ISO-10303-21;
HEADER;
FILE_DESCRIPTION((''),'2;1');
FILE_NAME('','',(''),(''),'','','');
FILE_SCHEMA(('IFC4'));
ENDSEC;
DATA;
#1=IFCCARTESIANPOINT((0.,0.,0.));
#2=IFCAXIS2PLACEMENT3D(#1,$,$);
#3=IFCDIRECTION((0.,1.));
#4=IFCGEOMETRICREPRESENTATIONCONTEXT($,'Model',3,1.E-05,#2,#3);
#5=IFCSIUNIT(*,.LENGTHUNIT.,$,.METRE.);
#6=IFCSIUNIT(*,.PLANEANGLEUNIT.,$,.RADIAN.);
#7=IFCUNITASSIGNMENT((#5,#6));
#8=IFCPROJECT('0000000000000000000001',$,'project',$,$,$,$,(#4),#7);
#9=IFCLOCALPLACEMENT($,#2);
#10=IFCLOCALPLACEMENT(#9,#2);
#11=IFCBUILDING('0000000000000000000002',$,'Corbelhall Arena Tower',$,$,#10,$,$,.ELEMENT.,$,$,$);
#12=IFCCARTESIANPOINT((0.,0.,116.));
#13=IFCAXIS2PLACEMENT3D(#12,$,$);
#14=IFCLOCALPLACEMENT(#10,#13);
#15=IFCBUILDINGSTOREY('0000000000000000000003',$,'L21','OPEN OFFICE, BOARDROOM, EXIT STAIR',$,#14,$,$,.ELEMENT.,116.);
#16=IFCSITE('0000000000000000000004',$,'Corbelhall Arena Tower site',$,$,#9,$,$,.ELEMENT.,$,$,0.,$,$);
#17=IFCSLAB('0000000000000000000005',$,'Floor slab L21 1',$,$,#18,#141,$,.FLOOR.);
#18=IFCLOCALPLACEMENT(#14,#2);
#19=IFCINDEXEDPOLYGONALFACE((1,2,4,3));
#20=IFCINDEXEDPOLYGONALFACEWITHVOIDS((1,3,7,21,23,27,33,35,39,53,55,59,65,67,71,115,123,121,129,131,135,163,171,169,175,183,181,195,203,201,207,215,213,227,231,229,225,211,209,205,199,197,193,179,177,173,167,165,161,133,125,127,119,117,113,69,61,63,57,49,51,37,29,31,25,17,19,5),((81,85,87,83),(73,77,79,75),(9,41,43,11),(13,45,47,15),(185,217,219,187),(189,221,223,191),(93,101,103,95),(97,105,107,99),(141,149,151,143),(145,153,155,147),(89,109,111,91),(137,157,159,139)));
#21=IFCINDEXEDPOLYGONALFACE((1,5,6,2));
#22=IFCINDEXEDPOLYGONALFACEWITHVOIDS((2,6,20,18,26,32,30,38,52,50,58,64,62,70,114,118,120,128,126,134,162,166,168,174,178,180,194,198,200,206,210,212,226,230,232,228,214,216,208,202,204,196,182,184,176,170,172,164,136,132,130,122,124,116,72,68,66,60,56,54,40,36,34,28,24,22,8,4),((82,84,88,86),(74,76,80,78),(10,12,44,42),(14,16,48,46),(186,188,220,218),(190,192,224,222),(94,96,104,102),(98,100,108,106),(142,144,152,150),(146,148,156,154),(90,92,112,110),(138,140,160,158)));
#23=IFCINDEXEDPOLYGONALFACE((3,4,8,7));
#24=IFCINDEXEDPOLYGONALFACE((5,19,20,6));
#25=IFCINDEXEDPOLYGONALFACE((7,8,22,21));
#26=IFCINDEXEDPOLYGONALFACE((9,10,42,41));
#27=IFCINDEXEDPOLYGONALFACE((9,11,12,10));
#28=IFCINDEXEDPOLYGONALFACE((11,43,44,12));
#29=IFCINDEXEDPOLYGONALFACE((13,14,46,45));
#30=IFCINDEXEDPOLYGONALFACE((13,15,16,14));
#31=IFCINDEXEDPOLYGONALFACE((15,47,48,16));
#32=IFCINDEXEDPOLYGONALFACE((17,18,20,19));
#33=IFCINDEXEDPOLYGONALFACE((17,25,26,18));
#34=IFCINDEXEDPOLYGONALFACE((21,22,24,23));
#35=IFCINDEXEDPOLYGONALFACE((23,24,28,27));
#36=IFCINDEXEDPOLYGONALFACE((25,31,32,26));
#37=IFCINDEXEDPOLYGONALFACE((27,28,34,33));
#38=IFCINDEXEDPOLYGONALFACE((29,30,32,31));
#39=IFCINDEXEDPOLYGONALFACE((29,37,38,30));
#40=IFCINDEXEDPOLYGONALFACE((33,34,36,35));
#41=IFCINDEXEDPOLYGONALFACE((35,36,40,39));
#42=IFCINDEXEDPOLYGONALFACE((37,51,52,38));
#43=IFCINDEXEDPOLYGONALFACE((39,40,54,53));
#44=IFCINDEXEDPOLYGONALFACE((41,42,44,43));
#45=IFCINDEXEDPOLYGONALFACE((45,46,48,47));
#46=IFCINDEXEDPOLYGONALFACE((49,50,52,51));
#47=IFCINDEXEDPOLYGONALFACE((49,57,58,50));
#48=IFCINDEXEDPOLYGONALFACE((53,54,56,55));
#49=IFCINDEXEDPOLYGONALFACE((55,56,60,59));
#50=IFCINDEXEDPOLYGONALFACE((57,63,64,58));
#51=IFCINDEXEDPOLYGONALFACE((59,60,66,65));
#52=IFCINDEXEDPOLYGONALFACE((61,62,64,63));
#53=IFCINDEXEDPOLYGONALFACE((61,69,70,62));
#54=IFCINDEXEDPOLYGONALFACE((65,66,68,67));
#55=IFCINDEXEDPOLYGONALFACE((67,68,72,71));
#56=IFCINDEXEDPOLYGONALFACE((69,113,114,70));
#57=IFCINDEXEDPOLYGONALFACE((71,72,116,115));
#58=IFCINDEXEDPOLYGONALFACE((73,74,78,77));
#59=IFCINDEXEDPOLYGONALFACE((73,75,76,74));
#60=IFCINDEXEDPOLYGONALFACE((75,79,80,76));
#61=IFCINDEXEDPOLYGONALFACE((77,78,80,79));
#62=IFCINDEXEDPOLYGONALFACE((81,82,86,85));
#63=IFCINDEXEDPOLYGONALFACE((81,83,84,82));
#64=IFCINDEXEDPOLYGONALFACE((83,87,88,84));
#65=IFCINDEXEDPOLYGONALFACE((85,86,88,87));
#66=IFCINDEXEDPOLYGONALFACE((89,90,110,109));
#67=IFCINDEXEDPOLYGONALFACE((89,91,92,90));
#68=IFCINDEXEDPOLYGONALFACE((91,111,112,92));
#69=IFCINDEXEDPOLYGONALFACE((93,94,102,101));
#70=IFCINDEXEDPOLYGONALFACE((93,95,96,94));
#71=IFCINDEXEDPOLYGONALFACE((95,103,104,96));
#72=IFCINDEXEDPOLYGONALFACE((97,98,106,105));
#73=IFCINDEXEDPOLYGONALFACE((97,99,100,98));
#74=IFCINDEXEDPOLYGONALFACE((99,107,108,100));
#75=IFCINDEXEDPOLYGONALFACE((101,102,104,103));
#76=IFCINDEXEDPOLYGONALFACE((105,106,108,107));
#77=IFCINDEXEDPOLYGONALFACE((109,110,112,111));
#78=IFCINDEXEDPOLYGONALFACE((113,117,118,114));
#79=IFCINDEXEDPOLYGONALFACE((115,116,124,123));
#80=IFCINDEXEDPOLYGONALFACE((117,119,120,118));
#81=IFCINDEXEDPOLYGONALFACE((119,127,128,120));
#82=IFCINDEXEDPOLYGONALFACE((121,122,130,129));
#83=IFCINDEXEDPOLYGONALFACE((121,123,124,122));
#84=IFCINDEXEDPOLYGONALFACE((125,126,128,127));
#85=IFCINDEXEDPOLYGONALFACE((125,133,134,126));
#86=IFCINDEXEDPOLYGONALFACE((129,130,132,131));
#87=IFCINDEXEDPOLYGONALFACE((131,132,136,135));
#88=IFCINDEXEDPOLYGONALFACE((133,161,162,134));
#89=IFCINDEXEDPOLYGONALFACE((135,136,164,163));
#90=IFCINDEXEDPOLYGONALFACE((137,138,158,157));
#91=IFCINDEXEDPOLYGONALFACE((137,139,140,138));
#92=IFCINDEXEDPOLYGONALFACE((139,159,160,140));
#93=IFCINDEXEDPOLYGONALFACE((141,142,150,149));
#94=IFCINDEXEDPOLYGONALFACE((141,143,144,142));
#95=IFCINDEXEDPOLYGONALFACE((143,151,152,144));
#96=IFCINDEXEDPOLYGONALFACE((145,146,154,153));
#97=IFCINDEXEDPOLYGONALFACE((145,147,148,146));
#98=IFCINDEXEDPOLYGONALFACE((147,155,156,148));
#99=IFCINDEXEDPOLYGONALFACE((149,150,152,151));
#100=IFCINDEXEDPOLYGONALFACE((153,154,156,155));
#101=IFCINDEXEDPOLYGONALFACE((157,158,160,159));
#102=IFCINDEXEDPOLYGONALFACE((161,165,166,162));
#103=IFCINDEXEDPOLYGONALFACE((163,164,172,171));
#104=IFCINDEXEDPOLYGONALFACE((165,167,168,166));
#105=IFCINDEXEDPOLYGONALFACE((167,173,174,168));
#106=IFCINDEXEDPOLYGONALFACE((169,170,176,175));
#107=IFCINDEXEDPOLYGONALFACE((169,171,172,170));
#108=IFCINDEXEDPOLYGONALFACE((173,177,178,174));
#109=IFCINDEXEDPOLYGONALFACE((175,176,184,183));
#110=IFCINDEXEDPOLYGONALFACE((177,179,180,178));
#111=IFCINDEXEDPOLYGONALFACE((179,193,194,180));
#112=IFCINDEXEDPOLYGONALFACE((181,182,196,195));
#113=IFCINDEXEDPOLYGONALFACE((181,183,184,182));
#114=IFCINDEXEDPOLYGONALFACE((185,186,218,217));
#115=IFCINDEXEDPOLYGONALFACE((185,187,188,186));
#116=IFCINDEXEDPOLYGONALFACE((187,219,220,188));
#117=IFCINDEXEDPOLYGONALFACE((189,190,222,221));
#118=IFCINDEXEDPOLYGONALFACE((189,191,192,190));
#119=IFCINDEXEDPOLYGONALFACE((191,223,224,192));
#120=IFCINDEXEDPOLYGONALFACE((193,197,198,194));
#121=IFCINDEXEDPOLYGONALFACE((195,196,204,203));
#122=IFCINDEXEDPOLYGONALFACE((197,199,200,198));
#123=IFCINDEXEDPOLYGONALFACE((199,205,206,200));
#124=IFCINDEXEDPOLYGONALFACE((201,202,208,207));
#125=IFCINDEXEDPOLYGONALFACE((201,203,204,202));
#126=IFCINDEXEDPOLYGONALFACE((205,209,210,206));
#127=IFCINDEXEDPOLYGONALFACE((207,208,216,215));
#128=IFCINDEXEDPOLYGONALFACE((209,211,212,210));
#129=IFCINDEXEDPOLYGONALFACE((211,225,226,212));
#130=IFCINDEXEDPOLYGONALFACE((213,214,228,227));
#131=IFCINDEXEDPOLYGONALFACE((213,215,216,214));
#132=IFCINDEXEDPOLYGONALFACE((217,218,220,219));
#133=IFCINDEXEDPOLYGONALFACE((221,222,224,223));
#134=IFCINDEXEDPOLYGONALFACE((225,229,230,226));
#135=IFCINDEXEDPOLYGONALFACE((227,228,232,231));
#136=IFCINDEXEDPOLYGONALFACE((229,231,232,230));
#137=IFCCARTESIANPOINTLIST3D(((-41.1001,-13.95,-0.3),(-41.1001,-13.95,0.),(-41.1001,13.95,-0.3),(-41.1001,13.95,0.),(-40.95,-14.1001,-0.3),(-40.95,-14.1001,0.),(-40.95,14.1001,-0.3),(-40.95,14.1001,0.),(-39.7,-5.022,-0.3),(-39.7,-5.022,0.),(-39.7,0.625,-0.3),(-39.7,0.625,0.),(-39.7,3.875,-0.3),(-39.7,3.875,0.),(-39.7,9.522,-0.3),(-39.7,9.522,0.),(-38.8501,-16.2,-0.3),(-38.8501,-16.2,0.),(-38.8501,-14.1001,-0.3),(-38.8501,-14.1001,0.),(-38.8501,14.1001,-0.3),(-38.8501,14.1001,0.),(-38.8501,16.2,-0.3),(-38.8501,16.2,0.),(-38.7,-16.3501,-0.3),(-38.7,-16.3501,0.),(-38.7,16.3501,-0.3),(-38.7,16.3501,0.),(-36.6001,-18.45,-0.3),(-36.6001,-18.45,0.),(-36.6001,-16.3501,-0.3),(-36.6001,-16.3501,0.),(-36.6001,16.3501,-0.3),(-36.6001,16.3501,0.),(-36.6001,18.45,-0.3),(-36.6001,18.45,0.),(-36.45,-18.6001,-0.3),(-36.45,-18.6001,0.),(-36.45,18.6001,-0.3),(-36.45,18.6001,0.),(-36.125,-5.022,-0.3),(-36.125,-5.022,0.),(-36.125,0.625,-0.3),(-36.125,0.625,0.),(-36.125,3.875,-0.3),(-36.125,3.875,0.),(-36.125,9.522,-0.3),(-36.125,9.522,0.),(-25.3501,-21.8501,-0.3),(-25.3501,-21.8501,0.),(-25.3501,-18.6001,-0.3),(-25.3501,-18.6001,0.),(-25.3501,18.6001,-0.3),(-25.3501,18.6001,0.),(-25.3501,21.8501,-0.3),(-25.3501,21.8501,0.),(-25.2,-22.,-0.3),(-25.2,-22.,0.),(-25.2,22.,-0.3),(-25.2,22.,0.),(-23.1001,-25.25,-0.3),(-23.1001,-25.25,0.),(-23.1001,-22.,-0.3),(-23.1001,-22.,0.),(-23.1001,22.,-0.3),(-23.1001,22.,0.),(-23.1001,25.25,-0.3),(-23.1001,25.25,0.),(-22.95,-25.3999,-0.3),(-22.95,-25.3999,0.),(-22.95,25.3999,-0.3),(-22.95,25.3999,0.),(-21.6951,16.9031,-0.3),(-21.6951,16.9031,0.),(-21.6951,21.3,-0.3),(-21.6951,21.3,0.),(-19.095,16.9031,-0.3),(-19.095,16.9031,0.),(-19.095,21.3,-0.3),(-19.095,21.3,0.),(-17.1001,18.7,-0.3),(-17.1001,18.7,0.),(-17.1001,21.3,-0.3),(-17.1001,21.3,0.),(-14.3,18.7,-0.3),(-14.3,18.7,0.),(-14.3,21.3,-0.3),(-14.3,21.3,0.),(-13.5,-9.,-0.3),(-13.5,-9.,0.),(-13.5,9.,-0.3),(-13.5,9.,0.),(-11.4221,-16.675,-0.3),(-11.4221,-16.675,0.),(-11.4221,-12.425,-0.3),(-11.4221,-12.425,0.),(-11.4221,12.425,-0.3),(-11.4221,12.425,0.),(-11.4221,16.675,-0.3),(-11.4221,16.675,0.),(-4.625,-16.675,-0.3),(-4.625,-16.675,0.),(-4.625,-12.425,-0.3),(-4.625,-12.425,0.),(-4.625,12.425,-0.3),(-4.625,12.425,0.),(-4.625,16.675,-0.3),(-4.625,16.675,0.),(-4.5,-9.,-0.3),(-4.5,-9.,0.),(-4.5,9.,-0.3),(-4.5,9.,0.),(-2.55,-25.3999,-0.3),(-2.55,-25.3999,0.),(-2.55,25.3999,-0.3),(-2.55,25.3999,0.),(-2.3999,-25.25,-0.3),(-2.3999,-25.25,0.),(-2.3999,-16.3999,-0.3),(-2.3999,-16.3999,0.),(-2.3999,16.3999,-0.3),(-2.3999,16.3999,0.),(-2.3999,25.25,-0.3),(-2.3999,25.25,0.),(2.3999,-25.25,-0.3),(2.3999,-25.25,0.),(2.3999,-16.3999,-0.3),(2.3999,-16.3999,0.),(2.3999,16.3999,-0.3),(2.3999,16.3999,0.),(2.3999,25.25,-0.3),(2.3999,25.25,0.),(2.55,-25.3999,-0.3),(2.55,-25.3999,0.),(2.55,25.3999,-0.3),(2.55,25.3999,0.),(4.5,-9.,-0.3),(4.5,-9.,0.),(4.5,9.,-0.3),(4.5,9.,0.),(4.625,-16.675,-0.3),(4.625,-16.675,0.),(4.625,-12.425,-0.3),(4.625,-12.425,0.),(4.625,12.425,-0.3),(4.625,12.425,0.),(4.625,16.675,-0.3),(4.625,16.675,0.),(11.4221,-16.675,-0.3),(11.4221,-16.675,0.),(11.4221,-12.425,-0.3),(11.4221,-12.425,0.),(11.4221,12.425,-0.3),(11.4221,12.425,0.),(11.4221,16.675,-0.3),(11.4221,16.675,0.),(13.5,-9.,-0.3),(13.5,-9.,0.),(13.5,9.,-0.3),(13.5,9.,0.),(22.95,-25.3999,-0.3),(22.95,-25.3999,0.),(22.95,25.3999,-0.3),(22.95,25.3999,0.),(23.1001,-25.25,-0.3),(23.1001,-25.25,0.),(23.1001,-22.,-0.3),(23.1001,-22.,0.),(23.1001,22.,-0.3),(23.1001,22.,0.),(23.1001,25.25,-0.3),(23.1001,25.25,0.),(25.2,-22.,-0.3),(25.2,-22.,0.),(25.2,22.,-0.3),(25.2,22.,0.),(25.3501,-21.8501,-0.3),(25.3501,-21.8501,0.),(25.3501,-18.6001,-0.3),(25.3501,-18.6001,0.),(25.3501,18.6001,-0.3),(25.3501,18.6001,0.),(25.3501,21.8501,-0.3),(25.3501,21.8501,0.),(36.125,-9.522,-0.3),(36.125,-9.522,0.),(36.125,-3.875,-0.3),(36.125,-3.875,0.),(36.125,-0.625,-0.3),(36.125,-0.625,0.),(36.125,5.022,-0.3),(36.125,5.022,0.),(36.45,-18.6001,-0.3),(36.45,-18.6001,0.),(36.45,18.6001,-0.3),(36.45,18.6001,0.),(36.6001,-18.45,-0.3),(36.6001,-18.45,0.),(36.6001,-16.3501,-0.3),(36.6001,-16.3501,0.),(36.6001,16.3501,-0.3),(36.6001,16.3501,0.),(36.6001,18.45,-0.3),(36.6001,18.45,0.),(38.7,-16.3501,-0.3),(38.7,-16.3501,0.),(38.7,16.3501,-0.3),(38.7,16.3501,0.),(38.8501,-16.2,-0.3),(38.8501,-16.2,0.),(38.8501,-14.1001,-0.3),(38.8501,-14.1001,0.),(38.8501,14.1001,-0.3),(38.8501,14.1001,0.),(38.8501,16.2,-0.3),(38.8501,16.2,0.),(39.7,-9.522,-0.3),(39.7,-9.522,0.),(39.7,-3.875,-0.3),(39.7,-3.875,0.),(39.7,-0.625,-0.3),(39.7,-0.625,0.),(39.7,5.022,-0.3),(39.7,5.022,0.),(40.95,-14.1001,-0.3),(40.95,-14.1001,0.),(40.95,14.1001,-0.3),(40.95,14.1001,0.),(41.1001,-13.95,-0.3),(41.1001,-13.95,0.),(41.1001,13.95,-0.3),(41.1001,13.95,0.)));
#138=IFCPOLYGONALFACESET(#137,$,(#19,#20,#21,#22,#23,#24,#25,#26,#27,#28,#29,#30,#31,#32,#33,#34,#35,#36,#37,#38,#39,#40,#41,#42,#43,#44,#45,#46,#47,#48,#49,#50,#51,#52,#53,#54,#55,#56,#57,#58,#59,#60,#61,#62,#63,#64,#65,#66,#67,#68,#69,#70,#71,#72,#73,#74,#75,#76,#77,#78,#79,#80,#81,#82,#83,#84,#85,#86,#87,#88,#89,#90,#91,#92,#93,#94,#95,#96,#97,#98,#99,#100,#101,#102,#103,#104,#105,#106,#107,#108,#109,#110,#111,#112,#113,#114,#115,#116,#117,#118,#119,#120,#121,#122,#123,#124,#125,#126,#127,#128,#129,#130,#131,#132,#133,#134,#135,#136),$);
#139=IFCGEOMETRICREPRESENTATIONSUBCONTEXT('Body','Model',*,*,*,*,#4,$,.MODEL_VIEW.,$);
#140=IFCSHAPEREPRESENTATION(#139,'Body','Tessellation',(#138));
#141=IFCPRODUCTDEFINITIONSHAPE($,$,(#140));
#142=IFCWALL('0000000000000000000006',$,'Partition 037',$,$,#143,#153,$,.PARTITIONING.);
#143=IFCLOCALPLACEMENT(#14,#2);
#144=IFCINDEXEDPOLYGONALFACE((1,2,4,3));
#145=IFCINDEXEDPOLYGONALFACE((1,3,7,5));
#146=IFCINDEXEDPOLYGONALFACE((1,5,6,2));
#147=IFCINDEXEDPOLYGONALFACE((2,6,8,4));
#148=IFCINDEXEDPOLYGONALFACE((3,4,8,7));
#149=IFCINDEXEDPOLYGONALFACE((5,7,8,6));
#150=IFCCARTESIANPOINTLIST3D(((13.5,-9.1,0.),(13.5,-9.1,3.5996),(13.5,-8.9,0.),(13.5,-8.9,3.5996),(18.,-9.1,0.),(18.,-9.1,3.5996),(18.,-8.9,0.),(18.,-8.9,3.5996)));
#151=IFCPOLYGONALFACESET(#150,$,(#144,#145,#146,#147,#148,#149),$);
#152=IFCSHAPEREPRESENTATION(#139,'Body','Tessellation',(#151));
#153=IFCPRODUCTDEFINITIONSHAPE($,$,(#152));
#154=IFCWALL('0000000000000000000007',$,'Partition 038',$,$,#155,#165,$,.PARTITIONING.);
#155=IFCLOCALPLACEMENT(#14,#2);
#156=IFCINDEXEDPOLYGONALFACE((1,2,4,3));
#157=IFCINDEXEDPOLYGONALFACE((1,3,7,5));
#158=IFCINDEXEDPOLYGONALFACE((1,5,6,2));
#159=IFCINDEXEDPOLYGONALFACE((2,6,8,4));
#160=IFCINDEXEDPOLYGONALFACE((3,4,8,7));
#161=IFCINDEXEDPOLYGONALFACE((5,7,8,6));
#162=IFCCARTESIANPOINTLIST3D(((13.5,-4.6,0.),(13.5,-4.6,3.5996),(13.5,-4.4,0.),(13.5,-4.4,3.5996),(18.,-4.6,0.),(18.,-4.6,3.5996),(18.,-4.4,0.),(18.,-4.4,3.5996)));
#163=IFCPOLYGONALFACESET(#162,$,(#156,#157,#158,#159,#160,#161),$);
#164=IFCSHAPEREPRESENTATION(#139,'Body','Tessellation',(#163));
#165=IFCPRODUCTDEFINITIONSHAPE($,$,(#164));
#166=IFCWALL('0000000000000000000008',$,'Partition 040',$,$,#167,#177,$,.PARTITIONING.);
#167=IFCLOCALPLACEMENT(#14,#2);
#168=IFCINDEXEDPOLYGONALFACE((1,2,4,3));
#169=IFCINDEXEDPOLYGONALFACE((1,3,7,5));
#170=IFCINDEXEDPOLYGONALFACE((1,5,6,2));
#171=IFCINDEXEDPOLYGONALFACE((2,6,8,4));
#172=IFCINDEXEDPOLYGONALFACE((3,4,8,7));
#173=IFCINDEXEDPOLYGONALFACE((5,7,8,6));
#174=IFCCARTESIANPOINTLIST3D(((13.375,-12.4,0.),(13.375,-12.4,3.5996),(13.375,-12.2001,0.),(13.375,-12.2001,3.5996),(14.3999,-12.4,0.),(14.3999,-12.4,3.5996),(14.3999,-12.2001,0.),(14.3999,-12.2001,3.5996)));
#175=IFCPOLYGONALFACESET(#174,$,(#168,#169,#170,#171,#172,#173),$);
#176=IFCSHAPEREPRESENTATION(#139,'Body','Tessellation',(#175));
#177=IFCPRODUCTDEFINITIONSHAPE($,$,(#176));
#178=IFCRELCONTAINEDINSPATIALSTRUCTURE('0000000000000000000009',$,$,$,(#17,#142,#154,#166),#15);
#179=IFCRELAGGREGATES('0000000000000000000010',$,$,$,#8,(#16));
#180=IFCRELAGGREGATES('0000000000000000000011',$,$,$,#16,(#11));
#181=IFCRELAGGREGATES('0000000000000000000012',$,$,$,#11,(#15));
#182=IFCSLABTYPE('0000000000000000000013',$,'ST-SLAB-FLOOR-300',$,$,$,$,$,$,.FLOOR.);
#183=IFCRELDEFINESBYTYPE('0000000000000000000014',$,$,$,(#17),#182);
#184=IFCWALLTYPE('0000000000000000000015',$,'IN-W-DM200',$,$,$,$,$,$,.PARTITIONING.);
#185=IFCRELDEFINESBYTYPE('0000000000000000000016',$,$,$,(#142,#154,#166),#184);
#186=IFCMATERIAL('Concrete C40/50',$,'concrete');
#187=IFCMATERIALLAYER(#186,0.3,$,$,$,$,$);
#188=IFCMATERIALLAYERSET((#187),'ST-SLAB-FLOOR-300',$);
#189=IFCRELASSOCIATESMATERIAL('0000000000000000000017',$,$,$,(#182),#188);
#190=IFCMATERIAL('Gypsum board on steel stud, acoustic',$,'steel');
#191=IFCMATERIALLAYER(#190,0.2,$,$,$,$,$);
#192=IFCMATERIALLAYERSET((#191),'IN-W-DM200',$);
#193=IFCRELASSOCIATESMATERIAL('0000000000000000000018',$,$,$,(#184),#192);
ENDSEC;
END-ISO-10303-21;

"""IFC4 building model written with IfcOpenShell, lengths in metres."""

from ifc_helpers import new_model, si_unit, direction, frame, frame_2d, origin, place, context, subcontext, project, spatial, polyline, rectangle, outline, extrude, material, layer, layer_set, type_object, element, save


model = new_model("IFC4")

# Units and contexts
model_context = context("Model", 3, precision=1e-05, world=origin(), true_north=direction((0.0, 1.0)))
body_context = subcontext(model_context, "Body", "Model", "MODEL_VIEW")
ifc_project = project(units=[si_unit("LENGTHUNIT", "METRE"), si_unit("PLANEANGLEUNIT", "RADIAN")], contexts=[model_context])

# Site, building, storey
site_placement = place(None, origin())
site = spatial("IfcSite", under=ifc_project, at=site_placement, Name="Corbelhall Arena Tower site", CompositionType="ELEMENT", RefElevation=0.0)
building_placement = place(site_placement, origin())
building = spatial("IfcBuilding", under=site, at=building_placement, Name="Corbelhall Arena Tower", CompositionType="ELEMENT")
storey_placement = place(building_placement, frame((0.0, 0.0, 116.0)))
storey = spatial("IfcBuildingStorey", under=building, at=storey_placement, Name="L21", Description="OPEN OFFICE, BOARDROOM, EXIT STAIR", CompositionType="ELEMENT", Elevation=116.0)

# Shared definitions
ifc_material_1 = material(Name="Concrete C40/50", Category="concrete")

# Slab
ifc_layer_1 = layer(ifc_material_1, 0.3)
ifc_layer_set_1 = layer_set([ifc_layer_1], Name="ST-SLAB-FLOOR-300")
slab_type_1 = type_object("IfcSlabType", Name="ST-SLAB-FLOOR-300", PredefinedType="FLOOR", material=ifc_layer_set_1)
slab_1_placement = place(storey_placement, frame((0.0, 0.0, -0.3)))
element("IfcSlab", 1, at=slab_1_placement, inside=storey, type_object=slab_type_1, Name="Floor slab L21 1", PredefinedType="FLOOR", context=body_context, shape_type="SweptSolid", body=[
    extrude(outline(polyline([(25.3501, 18.6001), (25.3501, 21.8501), (25.2, 22.0), (23.1001, 22.0), (23.1001, 25.25), (22.95, 25.3999), (2.55, 25.3999), (2.3999, 25.25), (2.3999, 16.3999), (-2.3999, 16.3999), (-2.3999, 25.25), (-2.55, 25.3999), (-22.95, 25.3999), (-23.1001, 25.25), (-23.1001, 22.0), (-25.2, 22.0), (-25.3501, 21.8501), (-25.3501, 18.6001), (-36.45, 18.6001), (-36.6001, 18.45), (-36.6001, 16.3501), (-38.7, 16.3501), (-38.8501, 16.2), (-38.8501, 14.1001), (-40.95, 14.1001), (-41.1001, 13.95), (-41.1001, -13.95), (-40.95, -14.1001), (-38.8501, -14.1001), (-38.8501, -16.2), (-38.7, -16.3501), (-36.6001, -16.3501), (-36.6001, -18.45), (-36.45, -18.6001), (-25.3501, -18.6001), (-25.3501, -21.8501), (-25.2, -22.0), (-23.1001, -22.0), (-23.1001, -25.25), (-22.95, -25.3999), (-2.55, -25.3999), (-2.3999, -25.25), (-2.3999, -16.3999), (2.3999, -16.3999), (2.3999, -25.25), (2.55, -25.3999), (22.95, -25.3999), (23.1001, -25.25), (23.1001, -22.0), (25.2, -22.0), (25.3501, -21.8501), (25.3501, -18.6001), (36.45, -18.6001), (36.6001, -18.45), (36.6001, -16.3501), (38.7, -16.3501), (38.8501, -16.2), (38.8501, -14.1001), (40.95, -14.1001), (41.1001, -13.95), (41.1001, 13.95), (40.95, 14.1001), (38.8501, 14.1001), (38.8501, 16.2), (38.7, 16.3501), (36.6001, 16.3501), (36.6001, 18.45), (36.45, 18.6001), (25.3501, 18.6001)]), holes=[polyline([(-13.5, 9.0), (-13.5, -9.0), (-4.5, -9.0), (-4.5, 9.0), (-13.5, 9.0)]), polyline([(4.5, 9.0), (4.5, -9.0), (13.5, -9.0), (13.5, 9.0), (4.5, 9.0)]), polyline([(-4.625, 16.675), (-11.4221, 16.675), (-11.4221, 12.425), (-4.625, 12.425), (-4.625, 16.675)]), polyline([(-4.625, -16.675), (-4.625, -12.425), (-11.4221, -12.425), (-11.4221, -16.675), (-4.625, -16.675)]), polyline([(11.4221, 16.675), (4.625, 16.675), (4.625, 12.425), (11.4221, 12.425), (11.4221, 16.675)]), polyline([(11.4221, -16.675), (11.4221, -12.425), (4.625, -12.425), (4.625, -16.675), (11.4221, -16.675)]), polyline([(-36.125, 3.875), (-36.125, 9.522), (-39.7, 9.522), (-39.7, 3.875), (-36.125, 3.875)]), polyline([(-36.125, 0.625), (-39.7, 0.625), (-39.7, -5.022), (-36.125, -5.022), (-36.125, 0.625)]), polyline([(39.7, -9.522), (39.7, -3.875), (36.125, -3.875), (36.125, -9.522), (39.7, -9.522)]), polyline([(39.7, 5.022), (36.125, 5.022), (36.125, -0.625), (39.7, -0.625), (39.7, 5.022)]), polyline([(-21.6951, 21.3), (-21.6951, 16.9031), (-19.095, 16.9031), (-19.095, 21.3), (-21.6951, 21.3)]), polyline([(-14.3, 21.3), (-17.1001, 21.3), (-17.1001, 18.7), (-14.3, 18.7), (-14.3, 21.3)])]), origin(), (0.0, 0.0, 1.0), 0.3),
])

# Walls
ifc_material_2 = material(Name="Gypsum board on steel stud, acoustic", Category="steel")
ifc_layer_2 = layer(ifc_material_2, 0.2)
ifc_layer_set_2 = layer_set([ifc_layer_2], Name="IN-W-DM200")
wall_type_1 = type_object("IfcWallType", Name="IN-W-DM200", PredefinedType="PARTITIONING", material=ifc_layer_set_2)
for number, where, z_axis, x_axis, name in (
    (2, (13.5, -9.0, 0.0), (0.0, 0.0, 1.0), (1.0, 0.0, 0.0), "Partition 037"),
    (3, (13.5, -4.5, 0.0), (0.0, 0.0, 1.0), (1.0, 0.0, 0.0), "Partition 038"),
):
    element("IfcWall", number, at=place(storey_placement, frame(where, z_axis=z_axis, x_axis=x_axis)), inside=storey, type_object=wall_type_1, Name=name, PredefinedType="PARTITIONING", context=body_context, shape_type="SweptSolid", body=[
        extrude(rectangle(XDim=4.5, YDim=0.2, at=frame_2d((2.25, 0.0))), origin(), (0.0, 0.0, 1.0), 3.5996),
    ])
wall_1_placement = place(storey_placement, frame((14.3999, -12.3, 0.0), z_axis=(0.0, 0.0, 1.0), x_axis=(-1.0, 0.0, 0.0)))
element("IfcWall", 4, at=wall_1_placement, inside=storey, type_object=wall_type_1, Name="Partition 040", PredefinedType="PARTITIONING", context=body_context, shape_type="SweptSolid", body=[
    extrude(rectangle(XDim=1.0249, YDim=0.2, at=frame_2d((0.5125, 0.0))), origin(), (0.0, 0.0, 1.0), 3.5996),
])

save(model, "model.ifc")
